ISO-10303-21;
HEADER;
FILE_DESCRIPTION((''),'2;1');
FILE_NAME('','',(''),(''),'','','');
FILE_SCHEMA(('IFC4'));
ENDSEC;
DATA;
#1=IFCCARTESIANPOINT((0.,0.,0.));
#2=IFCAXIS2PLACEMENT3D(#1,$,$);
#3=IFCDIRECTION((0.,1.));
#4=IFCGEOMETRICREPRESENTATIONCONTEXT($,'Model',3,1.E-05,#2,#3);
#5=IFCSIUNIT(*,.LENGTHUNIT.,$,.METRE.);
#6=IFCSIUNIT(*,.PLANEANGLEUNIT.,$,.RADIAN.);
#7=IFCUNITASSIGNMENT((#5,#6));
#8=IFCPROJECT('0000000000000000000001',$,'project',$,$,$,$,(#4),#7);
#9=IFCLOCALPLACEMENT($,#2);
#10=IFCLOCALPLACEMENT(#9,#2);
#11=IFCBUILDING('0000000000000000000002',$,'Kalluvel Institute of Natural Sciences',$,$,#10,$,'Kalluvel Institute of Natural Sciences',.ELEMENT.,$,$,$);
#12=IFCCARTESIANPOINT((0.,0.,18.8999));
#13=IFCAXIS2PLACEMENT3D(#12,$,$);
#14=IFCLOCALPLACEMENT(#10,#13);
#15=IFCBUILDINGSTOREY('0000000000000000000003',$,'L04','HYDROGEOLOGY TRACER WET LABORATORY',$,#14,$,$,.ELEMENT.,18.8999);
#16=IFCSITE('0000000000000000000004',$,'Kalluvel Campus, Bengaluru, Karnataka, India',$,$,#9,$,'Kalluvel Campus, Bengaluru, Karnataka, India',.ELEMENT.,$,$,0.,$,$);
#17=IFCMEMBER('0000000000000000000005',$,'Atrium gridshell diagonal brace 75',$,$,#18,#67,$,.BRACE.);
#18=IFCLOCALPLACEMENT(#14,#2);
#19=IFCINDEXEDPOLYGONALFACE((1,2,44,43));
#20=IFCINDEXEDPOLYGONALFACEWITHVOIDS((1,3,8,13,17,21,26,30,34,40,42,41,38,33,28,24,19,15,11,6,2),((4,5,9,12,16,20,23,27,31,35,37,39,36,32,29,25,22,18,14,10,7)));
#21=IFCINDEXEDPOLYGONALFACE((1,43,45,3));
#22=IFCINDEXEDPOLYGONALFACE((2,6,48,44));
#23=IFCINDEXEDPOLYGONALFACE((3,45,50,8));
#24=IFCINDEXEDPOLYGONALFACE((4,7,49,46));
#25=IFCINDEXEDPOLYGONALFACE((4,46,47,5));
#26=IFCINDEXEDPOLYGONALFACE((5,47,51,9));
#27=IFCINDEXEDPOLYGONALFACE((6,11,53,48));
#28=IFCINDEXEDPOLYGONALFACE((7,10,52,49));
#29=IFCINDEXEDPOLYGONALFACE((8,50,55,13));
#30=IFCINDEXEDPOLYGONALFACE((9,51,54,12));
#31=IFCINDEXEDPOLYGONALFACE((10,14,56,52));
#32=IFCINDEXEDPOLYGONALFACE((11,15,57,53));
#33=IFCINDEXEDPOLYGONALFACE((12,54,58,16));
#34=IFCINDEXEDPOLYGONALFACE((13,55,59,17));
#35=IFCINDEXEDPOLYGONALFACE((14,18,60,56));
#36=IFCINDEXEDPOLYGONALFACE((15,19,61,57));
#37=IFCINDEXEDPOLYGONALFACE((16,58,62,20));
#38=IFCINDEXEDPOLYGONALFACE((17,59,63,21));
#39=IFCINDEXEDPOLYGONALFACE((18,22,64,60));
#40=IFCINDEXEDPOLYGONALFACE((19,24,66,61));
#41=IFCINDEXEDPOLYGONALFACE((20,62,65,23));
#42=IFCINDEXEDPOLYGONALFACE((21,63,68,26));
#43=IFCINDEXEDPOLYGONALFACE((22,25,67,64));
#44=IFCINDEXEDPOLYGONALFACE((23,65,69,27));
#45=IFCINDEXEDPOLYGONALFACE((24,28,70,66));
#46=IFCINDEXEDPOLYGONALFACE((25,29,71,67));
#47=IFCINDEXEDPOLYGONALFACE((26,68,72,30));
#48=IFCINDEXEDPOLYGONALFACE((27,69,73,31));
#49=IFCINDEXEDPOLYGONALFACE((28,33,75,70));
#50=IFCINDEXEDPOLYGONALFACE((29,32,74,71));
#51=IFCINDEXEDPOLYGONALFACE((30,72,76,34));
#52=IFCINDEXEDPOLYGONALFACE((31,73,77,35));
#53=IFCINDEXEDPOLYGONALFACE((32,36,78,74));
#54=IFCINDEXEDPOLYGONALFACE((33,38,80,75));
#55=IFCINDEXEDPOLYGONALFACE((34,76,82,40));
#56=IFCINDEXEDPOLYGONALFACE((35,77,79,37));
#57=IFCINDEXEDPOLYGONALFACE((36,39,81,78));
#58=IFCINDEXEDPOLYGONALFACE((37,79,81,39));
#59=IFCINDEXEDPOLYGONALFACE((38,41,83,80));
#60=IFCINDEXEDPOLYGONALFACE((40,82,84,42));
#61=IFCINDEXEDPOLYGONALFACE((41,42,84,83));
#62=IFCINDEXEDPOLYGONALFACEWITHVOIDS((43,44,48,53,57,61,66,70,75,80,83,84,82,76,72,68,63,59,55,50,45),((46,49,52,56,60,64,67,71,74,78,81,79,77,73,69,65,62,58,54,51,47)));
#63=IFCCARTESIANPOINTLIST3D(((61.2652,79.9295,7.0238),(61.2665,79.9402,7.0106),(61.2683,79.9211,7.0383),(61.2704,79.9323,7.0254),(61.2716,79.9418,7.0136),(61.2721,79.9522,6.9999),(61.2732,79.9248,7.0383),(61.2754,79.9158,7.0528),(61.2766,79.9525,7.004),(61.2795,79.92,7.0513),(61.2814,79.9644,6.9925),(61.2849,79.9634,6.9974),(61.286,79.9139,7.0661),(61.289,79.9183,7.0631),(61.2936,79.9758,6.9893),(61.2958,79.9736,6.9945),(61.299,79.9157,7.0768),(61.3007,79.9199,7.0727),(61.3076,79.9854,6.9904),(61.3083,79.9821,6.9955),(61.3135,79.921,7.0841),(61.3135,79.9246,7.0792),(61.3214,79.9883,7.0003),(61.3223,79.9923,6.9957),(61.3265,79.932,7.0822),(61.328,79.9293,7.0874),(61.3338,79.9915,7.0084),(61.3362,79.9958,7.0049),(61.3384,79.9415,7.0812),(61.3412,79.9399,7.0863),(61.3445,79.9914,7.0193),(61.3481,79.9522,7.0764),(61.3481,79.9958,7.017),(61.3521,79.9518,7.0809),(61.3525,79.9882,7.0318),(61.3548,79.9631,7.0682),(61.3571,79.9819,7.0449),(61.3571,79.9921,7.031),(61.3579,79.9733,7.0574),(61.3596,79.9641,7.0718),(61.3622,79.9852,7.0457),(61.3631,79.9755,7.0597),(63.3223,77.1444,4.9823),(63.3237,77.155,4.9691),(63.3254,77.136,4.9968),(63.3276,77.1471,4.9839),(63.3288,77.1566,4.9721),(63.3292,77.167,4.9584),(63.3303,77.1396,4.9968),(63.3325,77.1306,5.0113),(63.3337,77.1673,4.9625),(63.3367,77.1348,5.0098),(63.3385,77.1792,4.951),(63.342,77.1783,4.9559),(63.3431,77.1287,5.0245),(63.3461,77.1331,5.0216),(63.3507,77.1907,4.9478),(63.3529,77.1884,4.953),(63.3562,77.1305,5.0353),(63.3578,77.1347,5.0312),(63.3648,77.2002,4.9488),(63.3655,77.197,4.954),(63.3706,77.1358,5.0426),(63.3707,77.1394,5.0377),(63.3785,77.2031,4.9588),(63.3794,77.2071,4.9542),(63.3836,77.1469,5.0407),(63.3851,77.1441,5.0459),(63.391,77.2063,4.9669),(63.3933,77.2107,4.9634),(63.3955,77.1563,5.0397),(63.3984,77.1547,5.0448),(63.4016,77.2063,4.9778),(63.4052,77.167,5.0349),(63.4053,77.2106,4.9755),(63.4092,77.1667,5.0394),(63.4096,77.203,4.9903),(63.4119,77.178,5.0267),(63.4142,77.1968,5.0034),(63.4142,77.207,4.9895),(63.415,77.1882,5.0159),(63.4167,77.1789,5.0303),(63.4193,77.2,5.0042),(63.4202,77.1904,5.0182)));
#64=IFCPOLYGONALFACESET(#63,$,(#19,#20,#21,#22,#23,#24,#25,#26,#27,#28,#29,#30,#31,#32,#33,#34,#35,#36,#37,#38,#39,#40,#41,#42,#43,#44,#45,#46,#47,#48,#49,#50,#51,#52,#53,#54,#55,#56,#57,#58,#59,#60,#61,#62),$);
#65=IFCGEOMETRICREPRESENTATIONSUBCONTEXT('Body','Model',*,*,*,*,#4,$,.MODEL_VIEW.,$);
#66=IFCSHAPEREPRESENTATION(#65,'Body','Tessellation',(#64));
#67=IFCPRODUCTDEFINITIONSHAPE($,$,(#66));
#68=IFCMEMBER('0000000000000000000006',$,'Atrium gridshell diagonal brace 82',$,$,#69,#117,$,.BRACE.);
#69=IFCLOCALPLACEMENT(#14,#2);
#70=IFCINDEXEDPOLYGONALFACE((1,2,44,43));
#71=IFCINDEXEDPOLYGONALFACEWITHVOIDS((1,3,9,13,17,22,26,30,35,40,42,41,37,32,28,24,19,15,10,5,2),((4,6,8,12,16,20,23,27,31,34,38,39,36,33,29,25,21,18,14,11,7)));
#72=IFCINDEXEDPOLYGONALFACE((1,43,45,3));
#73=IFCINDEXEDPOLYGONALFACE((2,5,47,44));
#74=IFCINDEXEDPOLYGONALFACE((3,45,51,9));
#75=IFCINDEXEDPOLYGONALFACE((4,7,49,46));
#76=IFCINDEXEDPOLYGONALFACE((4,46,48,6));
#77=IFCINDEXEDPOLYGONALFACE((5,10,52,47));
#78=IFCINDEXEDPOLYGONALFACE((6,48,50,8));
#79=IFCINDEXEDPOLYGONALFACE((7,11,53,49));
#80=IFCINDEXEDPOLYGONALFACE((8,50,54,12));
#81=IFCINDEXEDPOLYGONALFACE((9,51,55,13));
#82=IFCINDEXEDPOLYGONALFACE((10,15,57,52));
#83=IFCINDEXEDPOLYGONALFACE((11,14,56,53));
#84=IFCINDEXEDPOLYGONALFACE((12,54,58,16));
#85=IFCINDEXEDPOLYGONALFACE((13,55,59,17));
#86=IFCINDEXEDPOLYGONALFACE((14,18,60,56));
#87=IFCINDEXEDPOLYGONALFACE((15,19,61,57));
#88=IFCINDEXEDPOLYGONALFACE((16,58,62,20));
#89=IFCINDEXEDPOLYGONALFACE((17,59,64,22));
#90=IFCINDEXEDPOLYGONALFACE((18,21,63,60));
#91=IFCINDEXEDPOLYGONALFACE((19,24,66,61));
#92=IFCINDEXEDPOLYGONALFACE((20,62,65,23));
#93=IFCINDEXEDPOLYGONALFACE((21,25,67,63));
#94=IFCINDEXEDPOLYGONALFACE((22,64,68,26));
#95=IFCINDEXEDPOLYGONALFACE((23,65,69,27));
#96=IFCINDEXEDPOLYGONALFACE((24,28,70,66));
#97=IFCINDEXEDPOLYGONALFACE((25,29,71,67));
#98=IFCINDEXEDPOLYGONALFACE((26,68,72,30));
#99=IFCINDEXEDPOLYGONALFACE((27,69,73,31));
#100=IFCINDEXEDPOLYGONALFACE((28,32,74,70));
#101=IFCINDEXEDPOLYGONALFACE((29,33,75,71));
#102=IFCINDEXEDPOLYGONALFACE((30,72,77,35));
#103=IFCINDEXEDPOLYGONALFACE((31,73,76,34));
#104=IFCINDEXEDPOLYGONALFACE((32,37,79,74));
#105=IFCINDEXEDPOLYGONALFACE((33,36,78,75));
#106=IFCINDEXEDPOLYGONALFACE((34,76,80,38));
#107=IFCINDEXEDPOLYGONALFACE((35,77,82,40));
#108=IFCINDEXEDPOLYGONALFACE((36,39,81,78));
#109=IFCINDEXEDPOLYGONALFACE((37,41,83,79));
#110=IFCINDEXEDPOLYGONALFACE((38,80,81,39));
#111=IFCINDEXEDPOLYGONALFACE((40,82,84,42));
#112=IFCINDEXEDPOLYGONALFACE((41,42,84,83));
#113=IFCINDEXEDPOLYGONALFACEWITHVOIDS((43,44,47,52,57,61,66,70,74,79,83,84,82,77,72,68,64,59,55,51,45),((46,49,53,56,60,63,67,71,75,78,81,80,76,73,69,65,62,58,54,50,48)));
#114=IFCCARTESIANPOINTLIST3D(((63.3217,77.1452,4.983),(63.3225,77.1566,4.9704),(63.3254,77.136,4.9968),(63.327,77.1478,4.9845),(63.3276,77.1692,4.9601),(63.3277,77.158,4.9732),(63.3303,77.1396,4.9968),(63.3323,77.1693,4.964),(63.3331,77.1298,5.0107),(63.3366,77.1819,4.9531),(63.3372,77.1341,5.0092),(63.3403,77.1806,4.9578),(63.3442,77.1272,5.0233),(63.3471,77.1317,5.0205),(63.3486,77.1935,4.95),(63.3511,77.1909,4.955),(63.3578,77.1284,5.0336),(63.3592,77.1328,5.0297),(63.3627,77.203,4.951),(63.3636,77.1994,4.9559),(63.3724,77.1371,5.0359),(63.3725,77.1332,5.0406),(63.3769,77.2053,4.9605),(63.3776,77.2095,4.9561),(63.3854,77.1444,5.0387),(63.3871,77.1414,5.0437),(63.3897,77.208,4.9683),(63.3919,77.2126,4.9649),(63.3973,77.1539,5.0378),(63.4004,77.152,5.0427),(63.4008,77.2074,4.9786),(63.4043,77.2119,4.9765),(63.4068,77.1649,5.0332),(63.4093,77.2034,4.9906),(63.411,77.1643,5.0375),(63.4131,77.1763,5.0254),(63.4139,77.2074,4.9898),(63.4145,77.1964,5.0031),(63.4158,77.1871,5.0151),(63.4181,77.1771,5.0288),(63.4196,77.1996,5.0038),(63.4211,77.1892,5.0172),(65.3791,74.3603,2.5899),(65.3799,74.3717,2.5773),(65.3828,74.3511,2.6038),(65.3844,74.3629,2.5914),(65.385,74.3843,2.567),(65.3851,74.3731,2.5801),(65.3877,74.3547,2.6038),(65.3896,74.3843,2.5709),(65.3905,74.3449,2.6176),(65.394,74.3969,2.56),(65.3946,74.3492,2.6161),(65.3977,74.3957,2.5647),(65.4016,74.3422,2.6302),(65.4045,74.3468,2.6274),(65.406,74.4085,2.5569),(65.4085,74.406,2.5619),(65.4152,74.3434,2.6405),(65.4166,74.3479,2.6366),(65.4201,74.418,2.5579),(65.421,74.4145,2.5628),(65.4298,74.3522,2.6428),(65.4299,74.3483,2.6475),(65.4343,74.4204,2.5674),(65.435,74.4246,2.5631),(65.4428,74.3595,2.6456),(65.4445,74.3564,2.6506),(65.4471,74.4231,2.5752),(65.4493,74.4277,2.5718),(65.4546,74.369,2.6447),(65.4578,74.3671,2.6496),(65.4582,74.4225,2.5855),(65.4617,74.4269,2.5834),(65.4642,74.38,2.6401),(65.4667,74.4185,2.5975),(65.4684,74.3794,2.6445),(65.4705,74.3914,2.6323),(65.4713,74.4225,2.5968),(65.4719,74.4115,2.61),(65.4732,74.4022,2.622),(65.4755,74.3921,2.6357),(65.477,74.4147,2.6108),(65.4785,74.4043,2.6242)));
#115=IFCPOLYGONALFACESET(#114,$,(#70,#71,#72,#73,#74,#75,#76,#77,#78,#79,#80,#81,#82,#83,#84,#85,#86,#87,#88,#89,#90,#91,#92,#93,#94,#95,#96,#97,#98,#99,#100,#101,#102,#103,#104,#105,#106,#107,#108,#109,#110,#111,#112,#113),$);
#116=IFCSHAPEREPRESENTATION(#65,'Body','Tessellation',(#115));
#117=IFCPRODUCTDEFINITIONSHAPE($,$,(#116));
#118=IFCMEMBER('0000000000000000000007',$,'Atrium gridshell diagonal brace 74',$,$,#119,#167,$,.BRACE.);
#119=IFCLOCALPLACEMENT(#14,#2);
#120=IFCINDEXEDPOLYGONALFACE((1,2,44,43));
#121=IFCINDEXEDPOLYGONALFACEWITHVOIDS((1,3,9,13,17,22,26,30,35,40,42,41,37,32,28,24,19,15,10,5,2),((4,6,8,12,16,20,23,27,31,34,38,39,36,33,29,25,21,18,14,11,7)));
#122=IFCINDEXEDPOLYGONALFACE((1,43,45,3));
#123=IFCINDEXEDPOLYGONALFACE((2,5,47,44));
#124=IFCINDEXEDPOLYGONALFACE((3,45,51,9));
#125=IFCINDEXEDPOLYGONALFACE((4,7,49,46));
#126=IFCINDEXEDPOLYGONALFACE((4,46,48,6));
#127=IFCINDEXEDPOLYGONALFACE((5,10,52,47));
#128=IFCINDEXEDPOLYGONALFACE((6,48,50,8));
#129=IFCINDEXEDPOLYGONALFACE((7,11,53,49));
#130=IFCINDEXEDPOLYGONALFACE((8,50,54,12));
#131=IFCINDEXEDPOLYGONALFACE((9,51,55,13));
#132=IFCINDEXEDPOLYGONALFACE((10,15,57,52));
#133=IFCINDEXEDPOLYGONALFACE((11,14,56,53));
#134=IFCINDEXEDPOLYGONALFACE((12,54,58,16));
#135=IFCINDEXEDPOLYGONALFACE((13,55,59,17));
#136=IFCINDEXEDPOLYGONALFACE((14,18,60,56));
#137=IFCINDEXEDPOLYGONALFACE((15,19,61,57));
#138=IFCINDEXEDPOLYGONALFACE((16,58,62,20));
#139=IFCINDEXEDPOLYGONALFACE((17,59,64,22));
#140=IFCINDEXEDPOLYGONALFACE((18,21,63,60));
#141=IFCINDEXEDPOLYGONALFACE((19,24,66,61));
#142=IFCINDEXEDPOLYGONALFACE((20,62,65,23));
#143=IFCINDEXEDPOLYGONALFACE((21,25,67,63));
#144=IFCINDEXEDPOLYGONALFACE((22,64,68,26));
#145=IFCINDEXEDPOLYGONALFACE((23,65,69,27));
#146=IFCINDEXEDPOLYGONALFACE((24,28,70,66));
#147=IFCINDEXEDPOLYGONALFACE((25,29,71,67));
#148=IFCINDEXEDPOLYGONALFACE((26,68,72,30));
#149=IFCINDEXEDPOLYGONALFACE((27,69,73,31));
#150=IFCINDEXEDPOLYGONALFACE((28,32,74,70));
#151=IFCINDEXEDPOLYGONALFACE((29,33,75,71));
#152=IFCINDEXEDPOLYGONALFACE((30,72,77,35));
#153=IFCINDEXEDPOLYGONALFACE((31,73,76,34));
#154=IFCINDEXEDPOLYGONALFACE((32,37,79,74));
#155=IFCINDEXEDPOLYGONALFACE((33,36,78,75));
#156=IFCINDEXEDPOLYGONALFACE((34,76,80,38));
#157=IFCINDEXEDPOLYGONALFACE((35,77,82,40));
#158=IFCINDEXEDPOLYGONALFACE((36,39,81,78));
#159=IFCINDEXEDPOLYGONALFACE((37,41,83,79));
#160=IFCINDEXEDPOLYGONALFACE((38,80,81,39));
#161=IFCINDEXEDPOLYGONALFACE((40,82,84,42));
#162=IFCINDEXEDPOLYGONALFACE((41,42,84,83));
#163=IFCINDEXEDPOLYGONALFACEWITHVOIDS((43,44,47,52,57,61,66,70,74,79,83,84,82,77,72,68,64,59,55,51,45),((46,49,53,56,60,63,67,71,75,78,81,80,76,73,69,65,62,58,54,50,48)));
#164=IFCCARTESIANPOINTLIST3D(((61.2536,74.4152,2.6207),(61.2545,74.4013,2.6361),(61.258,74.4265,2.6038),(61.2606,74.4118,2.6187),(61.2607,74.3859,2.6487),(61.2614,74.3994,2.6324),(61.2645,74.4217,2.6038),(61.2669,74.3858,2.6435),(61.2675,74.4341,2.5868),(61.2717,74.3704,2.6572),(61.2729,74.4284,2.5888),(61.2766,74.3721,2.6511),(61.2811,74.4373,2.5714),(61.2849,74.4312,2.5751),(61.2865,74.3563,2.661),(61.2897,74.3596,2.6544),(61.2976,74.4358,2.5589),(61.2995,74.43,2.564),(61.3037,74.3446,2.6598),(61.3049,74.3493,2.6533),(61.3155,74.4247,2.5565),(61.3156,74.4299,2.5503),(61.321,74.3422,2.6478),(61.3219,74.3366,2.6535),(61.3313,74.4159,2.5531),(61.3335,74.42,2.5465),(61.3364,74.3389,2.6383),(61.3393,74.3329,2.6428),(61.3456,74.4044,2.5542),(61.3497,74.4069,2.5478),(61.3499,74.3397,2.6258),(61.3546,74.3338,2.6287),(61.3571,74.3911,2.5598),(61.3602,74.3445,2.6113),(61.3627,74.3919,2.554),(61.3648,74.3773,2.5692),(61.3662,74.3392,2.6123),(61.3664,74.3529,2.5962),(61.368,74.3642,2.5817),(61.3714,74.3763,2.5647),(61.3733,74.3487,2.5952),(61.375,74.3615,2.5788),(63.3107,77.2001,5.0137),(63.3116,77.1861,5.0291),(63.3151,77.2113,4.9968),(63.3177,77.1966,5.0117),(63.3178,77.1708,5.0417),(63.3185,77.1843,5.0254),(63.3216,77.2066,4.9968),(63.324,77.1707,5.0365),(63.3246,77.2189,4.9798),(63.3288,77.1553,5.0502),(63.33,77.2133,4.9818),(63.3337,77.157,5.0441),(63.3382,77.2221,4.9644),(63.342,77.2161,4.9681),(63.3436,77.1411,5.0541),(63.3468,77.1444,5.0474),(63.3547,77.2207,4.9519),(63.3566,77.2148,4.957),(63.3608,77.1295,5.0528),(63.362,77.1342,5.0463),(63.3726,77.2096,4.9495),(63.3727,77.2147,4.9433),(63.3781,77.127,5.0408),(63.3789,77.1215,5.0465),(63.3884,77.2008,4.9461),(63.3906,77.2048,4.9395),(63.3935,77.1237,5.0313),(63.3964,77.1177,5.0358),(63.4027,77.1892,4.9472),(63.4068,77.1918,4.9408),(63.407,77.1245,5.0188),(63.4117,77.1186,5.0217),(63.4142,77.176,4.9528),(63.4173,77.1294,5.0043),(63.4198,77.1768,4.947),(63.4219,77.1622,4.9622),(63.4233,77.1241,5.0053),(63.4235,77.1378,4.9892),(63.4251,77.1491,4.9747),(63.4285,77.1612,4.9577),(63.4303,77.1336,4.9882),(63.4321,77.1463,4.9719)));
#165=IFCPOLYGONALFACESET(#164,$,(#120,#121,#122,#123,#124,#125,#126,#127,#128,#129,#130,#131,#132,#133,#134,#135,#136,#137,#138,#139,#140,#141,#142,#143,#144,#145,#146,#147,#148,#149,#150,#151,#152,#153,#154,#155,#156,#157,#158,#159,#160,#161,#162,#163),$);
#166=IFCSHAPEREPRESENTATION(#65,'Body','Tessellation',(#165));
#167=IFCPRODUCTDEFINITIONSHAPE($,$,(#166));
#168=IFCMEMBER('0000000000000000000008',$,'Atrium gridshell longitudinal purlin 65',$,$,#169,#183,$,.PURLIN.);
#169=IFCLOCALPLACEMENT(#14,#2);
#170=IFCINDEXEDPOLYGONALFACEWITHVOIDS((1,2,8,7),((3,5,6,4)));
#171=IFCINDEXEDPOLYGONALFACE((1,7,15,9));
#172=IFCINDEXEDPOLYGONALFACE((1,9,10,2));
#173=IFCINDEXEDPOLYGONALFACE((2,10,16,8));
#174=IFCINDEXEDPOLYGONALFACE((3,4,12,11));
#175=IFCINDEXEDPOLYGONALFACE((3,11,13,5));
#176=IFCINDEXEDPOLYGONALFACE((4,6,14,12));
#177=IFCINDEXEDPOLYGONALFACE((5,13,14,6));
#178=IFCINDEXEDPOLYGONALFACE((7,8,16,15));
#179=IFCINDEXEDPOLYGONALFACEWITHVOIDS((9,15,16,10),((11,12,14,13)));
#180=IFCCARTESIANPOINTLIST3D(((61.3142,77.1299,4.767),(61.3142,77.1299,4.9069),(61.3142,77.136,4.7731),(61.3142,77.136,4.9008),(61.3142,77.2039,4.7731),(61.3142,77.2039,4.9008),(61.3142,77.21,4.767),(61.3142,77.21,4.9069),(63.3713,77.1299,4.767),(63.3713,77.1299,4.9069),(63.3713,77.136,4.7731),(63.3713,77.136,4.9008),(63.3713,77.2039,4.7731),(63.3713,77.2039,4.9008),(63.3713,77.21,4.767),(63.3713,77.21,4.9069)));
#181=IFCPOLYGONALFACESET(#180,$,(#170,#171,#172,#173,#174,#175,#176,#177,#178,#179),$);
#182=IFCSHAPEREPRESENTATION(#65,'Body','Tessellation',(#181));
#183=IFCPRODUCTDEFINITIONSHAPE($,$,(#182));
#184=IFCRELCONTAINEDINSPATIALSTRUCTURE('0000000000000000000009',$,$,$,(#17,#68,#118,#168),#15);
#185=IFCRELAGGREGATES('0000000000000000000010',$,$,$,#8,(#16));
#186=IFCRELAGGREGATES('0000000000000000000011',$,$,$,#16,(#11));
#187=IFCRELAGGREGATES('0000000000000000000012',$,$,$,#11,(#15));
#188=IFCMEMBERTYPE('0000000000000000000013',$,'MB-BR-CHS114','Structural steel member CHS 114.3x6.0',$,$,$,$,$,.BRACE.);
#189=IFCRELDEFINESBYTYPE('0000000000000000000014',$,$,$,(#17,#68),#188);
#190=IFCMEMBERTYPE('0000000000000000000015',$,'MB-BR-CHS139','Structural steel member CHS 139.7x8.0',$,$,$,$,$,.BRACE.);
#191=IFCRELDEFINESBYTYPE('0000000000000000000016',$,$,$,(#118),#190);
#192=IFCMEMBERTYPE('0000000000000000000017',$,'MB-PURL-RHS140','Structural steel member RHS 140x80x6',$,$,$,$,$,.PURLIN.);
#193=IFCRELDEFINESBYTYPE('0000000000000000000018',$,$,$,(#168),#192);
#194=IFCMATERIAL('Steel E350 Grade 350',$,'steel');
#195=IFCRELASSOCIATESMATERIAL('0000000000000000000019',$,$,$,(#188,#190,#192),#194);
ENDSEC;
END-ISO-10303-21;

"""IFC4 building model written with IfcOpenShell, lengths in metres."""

from ifc_helpers import new_model, si_unit, direction, frame, origin, origin_2d, place, context, subcontext, project, spatial, hollow_rectangle, hollow_circle, extrude, material, material_profile, profile_set, type_object, element, save


model = new_model("IFC4")

# Units and contexts
model_context = context("Model", 3, precision=1e-05, world=origin(), true_north=direction((0.0, 1.0)))
body_context = subcontext(model_context, "Body", "Model", "MODEL_VIEW")
ifc_project = project(units=[si_unit("LENGTHUNIT", "METRE"), si_unit("PLANEANGLEUNIT", "RADIAN")], contexts=[model_context])

# Site, building, storey
site_placement = place(None, origin())
site = spatial("IfcSite", under=ifc_project, at=site_placement, Name="Kalluvel Campus, Bengaluru, Karnataka, India", LongName="Kalluvel Campus, Bengaluru, Karnataka, India", CompositionType="ELEMENT", RefElevation=0.0)
building_placement = place(site_placement, origin())
building = spatial("IfcBuilding", under=site, at=building_placement, Name="Kalluvel Institute of Natural Sciences", LongName="Kalluvel Institute of Natural Sciences", CompositionType="ELEMENT")
storey_placement = place(building_placement, frame((0.0, 0.0, 18.8999)))
storey = spatial("IfcBuildingStorey", under=building, at=storey_placement, Name="L04", Description="HYDROGEOLOGY TRACER WET LABORATORY", CompositionType="ELEMENT", Elevation=18.8999)

# Members
ifc_material_1 = material(Name="Steel E350 Grade 350", Category="steel")
ifc_material_profile_1 = material_profile(ifc_material_1, hollow_circle(Radius=0.0571, WallThickness=0.0061, at=origin_2d()), Name="CHS 114.3x6.0")
ifc_profile_set_1 = profile_set([ifc_material_profile_1], Name="Steel E350 Grade 350")
member_type_1 = type_object("IfcMemberType", Name="MB-BR-CHS114", Description="Structural steel member CHS 114.3x6.0", PredefinedType="BRACE", material=ifc_profile_set_1)
member_1_placement = place(storey_placement, frame((63.3713, 77.1699, 4.9968), z_axis=(-0.511784, 0.692906, 0.507896), x_axis=(-0.804378, -0.594117, 0.0)))
element("IfcMember", 1, at=member_1_placement, inside=storey, type_object=member_type_1, Name="Atrium gridshell diagonal brace 75", PredefinedType="BRACE", context=body_context, shape_type="SweptSolid", body=[
    extrude(hollow_circle(Radius=0.0571, WallThickness=0.0061, at=origin_2d()), origin(), (0.0, 0.0, 1.0), 4.0195),
])
member_2_placement = place(storey_placement, frame((65.4287, 74.385, 2.6038), z_axis=(-0.488809, 0.661664, 0.568566), x_axis=(-0.80432, -0.594197, 0.0)))
element("IfcMember", 2, at=member_2_placement, inside=storey, type_object=member_type_1, Name="Atrium gridshell diagonal brace 82", PredefinedType="BRACE", context=body_context, shape_type="SweptSolid", body=[
    extrude(hollow_circle(Radius=0.0571, WallThickness=0.0061, at=origin_2d()), origin(), (0.0, 0.0, 1.0), 4.209),
])
ifc_material_profile_2 = material_profile(ifc_material_1, hollow_circle(Radius=0.0698, WallThickness=0.0081, at=origin_2d()), Name="CHS 139.7x8.0")
ifc_profile_set_2 = profile_set([ifc_material_profile_2], Name="Steel E350 Grade 350")
member_type_2 = type_object("IfcMemberType", Name="MB-BR-CHS139", Description="Structural steel member CHS 139.7x8.0", PredefinedType="BRACE", material=ifc_profile_set_2)
member_3_placement = place(storey_placement, frame((61.3142, 74.385, 2.6038), z_axis=(0.488765, 0.661683, 0.568582), x_axis=(-0.804353, 0.594151, 0.0)))
element("IfcMember", 3, at=member_3_placement, inside=storey, type_object=member_type_2, Name="Atrium gridshell diagonal brace 74", PredefinedType="BRACE", context=body_context, shape_type="SweptSolid", body=[
    extrude(hollow_circle(Radius=0.0698, WallThickness=0.0081, at=origin_2d()), origin(), (0.0, 0.0, 1.0), 4.2087),
])
ifc_material_profile_3 = material_profile(ifc_material_1, hollow_rectangle(XDim=0.0801, YDim=0.1399, WallThickness=0.0061, at=origin_2d()), Name="RHS 140x80x6")
ifc_profile_set_3 = profile_set([ifc_material_profile_3], Name="Steel E350 Grade 350")
member_type_3 = type_object("IfcMemberType", Name="MB-PURL-RHS140", Description="Structural steel member RHS 140x80x6", PredefinedType="PURLIN", material=ifc_profile_set_3)
member_4_placement = place(storey_placement, frame((61.3142, 77.1699, 4.8369), z_axis=(1.0, 0.0, 0.0), x_axis=(0.0, 1.0, 0.0)))
element("IfcMember", 4, at=member_4_placement, inside=storey, type_object=member_type_3, Name="Atrium gridshell longitudinal purlin 65", PredefinedType="PURLIN", context=body_context, shape_type="SweptSolid", body=[
    extrude(hollow_rectangle(XDim=0.0801, YDim=0.1399, WallThickness=0.0061, at=origin_2d()), origin(), (0.0, 0.0, 1.0), 2.0571),
])

save(model, "model.ifc")
